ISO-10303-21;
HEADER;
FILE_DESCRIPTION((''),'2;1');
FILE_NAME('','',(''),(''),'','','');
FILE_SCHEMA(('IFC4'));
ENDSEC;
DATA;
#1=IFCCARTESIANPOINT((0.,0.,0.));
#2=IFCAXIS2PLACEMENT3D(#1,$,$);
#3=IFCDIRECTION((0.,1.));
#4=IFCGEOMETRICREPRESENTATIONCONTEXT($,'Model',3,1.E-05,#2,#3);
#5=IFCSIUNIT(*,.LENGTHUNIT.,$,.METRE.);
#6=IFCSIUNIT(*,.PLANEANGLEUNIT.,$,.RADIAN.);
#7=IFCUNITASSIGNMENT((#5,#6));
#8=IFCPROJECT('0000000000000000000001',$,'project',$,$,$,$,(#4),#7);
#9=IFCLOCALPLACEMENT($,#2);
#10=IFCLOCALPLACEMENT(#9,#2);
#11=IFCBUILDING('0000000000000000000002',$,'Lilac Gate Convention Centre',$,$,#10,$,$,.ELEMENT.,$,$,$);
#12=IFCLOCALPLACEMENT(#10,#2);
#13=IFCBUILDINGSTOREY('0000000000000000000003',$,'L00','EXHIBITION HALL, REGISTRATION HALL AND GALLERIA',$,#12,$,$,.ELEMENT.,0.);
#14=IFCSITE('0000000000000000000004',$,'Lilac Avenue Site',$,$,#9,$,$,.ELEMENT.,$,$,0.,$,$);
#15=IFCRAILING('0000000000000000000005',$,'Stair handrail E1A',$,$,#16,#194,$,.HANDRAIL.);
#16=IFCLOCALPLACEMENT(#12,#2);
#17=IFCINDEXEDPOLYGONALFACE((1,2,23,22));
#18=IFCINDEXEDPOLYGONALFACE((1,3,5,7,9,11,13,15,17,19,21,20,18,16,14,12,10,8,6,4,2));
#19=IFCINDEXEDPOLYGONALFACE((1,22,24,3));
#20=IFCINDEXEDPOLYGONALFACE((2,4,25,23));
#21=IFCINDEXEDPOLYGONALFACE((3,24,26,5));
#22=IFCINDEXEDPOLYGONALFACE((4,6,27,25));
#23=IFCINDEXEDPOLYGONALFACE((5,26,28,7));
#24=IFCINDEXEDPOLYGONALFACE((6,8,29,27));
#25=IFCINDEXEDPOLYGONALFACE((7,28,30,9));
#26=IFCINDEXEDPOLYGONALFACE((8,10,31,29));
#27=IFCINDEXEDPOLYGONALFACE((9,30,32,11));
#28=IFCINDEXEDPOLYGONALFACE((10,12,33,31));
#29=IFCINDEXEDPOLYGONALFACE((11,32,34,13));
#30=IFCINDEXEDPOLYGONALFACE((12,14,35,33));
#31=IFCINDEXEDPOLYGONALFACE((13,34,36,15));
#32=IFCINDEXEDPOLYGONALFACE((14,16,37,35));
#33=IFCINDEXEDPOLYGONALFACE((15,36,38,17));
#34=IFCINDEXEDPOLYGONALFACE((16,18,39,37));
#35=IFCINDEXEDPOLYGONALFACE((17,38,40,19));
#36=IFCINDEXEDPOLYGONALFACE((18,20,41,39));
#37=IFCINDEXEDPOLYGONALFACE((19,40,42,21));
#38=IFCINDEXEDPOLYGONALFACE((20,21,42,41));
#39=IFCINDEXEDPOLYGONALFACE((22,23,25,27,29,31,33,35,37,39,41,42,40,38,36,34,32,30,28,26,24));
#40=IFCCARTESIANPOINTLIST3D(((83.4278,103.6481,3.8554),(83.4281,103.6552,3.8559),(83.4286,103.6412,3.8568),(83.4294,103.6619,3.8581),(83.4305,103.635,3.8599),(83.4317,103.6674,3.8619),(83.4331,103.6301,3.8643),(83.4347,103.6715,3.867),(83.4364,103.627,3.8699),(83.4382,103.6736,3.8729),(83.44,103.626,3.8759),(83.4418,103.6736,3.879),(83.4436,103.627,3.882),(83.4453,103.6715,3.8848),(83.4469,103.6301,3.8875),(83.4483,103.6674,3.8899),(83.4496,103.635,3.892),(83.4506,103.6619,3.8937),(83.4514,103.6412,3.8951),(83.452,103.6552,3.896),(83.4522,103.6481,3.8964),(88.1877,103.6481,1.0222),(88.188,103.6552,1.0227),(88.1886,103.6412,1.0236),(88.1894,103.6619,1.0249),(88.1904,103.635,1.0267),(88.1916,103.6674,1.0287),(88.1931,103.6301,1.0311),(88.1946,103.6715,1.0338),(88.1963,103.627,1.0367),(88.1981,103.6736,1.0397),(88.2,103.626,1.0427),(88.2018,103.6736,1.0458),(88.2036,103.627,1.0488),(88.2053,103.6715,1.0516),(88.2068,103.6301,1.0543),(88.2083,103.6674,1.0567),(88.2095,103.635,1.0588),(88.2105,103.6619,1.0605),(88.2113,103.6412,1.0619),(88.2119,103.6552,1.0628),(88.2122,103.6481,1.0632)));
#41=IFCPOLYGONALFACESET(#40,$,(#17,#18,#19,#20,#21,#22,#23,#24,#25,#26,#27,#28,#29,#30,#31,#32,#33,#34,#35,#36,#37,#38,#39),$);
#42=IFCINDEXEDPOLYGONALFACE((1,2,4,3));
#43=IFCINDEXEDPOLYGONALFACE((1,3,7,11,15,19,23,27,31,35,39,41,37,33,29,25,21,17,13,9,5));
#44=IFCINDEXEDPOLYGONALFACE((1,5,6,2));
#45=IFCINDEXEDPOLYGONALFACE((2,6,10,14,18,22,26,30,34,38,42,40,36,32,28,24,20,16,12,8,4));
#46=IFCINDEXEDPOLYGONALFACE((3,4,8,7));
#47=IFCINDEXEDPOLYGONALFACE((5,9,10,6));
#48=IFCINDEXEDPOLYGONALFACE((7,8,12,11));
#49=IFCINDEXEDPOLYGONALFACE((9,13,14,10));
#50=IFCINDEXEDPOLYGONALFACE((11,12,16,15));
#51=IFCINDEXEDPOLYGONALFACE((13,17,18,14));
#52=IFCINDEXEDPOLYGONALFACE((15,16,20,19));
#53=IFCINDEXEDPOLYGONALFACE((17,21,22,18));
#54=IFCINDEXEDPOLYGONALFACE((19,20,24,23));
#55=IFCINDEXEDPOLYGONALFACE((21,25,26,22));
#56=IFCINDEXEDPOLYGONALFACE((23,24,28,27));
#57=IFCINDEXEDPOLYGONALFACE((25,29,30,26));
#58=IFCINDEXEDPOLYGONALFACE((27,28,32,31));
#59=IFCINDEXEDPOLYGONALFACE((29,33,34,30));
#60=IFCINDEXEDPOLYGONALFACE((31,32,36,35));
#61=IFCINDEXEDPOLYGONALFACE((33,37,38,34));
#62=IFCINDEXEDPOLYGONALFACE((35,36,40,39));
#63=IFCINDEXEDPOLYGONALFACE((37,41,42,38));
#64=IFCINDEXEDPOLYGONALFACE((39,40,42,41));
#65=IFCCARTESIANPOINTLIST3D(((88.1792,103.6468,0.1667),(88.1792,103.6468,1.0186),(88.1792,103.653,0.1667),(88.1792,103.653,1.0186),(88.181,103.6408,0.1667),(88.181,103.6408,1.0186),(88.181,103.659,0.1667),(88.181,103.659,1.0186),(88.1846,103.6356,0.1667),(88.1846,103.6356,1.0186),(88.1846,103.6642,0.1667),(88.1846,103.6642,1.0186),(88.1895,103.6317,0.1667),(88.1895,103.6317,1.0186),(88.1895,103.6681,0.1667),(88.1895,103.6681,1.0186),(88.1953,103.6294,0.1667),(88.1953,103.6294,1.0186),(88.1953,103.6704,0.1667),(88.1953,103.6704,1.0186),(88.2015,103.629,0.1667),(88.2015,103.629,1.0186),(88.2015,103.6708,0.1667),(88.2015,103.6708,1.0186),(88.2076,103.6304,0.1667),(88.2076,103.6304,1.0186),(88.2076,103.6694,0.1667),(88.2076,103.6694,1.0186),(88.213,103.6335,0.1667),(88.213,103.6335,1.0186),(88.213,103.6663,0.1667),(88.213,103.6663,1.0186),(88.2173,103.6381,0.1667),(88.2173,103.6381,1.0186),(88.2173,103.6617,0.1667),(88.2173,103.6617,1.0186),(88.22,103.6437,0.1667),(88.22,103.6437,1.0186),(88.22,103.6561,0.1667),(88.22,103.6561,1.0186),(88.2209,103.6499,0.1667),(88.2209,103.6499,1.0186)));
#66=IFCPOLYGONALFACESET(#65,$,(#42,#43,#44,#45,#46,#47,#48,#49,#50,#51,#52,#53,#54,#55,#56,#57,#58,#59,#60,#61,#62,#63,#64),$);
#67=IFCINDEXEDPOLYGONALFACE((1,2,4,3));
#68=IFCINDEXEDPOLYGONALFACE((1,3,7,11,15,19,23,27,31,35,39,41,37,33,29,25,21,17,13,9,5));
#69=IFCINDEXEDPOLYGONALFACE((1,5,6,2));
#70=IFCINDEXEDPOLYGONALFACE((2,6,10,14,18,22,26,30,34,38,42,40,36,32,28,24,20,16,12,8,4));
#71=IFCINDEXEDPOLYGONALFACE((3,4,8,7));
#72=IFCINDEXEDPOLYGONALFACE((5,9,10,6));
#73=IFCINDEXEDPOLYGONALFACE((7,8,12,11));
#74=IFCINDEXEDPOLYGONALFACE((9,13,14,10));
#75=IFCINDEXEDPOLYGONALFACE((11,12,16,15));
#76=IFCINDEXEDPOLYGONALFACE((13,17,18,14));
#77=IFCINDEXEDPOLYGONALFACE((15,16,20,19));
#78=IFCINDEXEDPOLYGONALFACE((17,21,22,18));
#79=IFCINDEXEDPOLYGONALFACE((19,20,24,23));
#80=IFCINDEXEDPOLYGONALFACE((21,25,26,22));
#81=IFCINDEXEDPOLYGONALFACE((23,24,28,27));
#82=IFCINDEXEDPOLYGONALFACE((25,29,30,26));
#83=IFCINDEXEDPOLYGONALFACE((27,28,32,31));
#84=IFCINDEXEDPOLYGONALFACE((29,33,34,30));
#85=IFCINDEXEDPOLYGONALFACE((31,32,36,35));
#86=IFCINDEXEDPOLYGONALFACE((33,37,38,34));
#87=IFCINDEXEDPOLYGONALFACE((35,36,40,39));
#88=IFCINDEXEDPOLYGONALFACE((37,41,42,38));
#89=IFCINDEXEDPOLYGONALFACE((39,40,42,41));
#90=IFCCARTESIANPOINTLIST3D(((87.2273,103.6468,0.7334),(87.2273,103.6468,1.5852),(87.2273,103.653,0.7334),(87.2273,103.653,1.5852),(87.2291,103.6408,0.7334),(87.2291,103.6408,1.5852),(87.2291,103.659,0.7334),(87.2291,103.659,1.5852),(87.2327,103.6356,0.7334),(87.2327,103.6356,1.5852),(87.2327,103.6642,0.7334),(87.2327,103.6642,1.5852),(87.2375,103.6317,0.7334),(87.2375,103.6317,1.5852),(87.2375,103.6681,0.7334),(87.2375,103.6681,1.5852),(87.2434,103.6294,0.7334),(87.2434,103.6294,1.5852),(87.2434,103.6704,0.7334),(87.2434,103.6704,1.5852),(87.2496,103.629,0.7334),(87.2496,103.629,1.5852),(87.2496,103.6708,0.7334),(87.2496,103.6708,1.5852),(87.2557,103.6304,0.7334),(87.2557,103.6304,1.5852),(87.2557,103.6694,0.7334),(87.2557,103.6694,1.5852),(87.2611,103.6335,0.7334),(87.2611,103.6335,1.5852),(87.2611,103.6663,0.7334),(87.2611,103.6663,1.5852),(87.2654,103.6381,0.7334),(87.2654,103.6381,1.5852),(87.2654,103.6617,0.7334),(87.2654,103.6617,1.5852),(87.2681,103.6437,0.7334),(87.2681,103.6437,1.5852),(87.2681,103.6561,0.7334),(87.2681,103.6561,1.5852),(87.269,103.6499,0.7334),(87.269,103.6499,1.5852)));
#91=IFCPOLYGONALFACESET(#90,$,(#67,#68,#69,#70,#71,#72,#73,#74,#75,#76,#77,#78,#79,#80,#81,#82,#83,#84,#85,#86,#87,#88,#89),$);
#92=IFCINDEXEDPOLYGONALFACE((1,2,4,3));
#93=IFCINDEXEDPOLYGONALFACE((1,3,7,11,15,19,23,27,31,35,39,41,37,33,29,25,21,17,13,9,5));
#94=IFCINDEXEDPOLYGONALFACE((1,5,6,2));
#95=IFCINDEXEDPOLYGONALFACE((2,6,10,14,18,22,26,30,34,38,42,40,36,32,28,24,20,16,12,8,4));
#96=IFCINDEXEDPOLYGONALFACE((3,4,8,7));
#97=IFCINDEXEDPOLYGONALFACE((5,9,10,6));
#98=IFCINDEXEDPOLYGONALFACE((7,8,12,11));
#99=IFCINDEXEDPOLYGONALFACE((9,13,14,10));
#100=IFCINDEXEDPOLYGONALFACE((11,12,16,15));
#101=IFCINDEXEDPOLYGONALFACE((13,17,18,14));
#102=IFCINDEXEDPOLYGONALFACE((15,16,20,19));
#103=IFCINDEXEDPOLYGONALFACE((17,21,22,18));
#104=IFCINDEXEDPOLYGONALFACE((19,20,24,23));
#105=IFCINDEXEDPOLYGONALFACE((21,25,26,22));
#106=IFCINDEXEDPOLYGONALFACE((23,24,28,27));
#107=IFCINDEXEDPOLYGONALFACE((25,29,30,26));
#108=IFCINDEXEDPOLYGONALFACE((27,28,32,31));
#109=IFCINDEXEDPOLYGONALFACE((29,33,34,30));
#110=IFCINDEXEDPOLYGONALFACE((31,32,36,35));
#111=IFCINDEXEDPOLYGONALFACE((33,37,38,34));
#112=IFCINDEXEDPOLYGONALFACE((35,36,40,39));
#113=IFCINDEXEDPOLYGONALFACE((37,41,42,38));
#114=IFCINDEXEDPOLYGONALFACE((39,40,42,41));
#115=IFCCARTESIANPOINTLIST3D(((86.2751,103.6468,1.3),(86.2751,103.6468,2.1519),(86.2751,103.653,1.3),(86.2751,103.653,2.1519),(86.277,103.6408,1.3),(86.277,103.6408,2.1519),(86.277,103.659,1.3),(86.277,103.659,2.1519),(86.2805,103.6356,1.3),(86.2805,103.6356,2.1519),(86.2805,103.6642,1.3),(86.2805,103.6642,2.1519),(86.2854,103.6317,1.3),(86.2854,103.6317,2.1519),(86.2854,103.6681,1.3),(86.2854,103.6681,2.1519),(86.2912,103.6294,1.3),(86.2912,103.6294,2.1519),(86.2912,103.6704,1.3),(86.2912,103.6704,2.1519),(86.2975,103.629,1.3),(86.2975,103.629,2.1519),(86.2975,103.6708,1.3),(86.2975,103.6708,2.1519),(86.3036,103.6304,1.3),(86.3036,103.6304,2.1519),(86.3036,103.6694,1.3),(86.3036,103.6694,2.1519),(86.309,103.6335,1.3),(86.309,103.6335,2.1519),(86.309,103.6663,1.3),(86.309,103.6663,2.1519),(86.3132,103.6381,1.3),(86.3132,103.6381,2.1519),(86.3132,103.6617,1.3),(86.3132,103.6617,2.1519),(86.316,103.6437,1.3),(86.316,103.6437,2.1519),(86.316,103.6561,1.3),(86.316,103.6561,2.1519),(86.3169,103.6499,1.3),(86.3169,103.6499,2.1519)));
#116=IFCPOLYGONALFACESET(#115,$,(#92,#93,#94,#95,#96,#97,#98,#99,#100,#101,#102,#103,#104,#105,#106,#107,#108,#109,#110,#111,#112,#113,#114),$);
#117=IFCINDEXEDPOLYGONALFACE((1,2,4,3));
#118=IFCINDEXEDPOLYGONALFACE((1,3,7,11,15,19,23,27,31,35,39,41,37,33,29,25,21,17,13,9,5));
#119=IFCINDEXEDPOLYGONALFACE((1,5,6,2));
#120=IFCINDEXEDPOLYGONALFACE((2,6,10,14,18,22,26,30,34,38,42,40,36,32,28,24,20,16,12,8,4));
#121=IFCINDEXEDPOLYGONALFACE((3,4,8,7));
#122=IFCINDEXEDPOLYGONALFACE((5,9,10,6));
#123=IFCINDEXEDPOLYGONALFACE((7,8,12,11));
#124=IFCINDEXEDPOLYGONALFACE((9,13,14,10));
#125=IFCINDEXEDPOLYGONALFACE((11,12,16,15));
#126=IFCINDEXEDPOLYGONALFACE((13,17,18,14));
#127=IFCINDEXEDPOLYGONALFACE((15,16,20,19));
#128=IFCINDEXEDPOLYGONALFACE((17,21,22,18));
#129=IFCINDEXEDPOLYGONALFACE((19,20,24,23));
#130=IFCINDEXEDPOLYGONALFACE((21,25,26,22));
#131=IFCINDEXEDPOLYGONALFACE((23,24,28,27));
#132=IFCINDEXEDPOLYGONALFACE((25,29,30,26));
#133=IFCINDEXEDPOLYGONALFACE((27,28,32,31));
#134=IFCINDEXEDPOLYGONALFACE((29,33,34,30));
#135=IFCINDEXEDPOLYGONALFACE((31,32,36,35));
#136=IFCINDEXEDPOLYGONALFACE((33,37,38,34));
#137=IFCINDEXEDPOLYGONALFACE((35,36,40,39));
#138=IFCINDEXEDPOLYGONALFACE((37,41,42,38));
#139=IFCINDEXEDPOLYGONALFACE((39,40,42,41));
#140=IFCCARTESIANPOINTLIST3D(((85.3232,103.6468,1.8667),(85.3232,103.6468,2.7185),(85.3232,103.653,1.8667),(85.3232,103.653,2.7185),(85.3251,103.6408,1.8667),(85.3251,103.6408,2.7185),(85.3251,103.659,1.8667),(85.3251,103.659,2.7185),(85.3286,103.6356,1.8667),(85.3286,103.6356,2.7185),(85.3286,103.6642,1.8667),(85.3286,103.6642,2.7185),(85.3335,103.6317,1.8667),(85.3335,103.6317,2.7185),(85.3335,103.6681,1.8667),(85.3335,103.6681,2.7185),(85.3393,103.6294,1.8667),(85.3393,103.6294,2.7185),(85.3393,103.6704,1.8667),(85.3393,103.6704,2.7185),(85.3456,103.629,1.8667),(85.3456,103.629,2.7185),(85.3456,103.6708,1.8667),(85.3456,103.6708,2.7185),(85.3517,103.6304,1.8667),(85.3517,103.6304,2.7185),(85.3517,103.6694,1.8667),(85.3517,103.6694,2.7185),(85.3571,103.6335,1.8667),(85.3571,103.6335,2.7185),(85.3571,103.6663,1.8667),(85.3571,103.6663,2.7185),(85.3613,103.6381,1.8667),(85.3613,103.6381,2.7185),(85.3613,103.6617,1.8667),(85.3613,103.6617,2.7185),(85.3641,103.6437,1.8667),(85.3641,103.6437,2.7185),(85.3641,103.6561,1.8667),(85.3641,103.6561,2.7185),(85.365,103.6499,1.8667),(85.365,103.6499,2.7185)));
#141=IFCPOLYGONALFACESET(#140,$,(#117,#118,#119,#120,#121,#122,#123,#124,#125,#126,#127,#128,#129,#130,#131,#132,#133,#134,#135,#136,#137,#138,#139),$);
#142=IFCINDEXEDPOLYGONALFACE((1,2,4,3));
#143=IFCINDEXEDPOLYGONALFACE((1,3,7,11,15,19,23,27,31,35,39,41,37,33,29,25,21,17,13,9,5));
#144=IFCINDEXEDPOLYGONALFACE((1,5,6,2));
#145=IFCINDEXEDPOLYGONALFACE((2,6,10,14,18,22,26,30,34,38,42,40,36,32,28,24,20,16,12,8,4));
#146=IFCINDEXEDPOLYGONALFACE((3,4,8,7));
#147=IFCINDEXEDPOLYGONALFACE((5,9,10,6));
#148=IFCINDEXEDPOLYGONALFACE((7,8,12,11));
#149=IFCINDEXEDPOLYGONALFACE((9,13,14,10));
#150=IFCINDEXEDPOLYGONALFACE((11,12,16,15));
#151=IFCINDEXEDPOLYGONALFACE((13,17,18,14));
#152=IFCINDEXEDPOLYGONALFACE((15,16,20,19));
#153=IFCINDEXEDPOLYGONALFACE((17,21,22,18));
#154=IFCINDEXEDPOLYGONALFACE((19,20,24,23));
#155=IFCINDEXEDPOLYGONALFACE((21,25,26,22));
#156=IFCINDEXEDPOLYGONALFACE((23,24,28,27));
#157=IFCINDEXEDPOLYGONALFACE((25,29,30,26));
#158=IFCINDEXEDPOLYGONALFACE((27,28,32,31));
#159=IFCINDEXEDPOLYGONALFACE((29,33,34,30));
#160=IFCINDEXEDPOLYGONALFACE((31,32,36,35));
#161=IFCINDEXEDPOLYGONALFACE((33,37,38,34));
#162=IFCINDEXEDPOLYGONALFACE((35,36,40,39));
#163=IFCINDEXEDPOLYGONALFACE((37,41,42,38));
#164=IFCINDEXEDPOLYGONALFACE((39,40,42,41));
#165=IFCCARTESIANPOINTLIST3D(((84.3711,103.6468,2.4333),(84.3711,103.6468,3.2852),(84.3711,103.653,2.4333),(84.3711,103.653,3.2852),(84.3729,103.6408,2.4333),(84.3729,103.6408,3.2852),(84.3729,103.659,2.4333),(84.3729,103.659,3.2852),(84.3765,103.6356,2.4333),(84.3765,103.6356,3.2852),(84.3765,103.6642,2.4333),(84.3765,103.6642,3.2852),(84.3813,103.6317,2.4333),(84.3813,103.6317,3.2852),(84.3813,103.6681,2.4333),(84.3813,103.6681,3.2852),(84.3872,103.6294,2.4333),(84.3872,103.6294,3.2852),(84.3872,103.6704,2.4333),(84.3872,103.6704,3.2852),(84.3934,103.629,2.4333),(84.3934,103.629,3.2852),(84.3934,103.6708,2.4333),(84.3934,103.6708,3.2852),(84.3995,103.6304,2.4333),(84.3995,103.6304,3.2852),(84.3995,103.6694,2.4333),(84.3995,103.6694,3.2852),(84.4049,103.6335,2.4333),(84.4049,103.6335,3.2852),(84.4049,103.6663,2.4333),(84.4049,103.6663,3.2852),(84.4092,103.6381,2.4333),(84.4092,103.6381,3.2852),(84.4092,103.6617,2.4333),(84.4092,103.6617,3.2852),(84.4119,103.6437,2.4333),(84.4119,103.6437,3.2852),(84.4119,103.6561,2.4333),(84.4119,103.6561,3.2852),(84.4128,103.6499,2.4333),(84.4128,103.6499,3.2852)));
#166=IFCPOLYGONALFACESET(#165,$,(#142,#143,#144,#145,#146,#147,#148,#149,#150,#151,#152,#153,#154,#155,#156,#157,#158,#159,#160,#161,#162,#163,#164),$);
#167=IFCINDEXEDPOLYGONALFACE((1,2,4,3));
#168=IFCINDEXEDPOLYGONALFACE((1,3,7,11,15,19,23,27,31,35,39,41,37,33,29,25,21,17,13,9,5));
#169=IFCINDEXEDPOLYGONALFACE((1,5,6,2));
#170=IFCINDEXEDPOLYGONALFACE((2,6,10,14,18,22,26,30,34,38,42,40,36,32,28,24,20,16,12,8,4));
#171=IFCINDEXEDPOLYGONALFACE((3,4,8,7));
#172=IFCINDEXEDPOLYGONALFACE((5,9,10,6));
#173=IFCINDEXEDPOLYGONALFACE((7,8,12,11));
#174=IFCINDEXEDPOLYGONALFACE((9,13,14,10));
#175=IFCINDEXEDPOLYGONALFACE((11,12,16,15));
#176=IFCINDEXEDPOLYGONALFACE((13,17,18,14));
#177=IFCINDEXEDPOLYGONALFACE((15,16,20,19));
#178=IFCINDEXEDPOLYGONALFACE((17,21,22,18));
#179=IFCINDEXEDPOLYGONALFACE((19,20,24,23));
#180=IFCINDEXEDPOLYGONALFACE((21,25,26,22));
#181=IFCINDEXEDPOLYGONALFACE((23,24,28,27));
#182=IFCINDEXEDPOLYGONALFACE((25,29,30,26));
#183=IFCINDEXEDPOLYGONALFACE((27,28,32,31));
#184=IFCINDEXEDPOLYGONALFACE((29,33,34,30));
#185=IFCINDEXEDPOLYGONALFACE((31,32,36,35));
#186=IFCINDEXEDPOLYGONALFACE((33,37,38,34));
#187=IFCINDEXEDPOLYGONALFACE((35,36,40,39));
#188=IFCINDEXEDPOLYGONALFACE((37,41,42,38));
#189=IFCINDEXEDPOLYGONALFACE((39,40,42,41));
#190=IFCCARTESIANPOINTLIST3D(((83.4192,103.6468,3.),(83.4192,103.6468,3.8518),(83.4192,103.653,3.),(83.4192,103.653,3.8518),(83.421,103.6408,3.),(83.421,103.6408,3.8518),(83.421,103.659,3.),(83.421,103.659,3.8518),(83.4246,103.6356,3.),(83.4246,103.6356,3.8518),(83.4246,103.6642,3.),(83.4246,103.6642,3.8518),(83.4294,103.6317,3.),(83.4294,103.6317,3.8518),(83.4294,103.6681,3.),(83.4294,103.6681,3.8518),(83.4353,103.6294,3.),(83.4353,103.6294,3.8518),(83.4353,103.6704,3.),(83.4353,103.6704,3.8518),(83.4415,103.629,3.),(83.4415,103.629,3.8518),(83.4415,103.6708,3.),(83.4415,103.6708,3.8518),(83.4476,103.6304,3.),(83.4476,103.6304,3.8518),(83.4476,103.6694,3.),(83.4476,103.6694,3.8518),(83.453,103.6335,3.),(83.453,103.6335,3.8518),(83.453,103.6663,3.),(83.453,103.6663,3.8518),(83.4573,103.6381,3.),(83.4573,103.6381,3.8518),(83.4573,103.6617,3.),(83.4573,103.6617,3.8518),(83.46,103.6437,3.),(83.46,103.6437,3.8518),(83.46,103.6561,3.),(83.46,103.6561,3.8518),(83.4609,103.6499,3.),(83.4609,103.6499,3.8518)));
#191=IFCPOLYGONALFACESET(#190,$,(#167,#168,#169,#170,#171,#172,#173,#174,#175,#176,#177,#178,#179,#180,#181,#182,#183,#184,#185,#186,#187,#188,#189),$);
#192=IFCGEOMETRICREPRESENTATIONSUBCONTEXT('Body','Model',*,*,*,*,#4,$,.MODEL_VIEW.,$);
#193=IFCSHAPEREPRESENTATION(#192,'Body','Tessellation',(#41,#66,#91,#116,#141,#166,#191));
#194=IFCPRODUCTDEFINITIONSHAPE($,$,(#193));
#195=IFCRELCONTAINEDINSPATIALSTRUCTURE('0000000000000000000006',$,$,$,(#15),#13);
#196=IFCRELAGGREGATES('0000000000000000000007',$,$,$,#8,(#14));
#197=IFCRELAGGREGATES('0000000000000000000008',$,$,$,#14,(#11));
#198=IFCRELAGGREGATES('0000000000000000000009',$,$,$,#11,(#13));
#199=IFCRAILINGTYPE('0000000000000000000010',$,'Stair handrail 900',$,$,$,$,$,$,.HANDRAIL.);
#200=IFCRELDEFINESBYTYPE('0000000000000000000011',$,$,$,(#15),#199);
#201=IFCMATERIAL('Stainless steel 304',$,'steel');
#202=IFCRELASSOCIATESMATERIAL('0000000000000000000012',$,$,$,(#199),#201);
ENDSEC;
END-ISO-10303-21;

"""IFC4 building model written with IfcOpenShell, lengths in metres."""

from ifc_helpers import new_model, si_unit, direction, frame, origin, origin_2d, place, context, subcontext, project, spatial, circle, extrude, material, type_object, element, save


model = new_model("IFC4")

# Units and contexts
model_context = context("Model", 3, precision=1e-05, world=origin(), true_north=direction((0.0, 1.0)))
body_context = subcontext(model_context, "Body", "Model", "MODEL_VIEW")
ifc_project = project(units=[si_unit("LENGTHUNIT", "METRE"), si_unit("PLANEANGLEUNIT", "RADIAN")], contexts=[model_context])

# Site, building, storey
site_placement = place(None, origin())
site = spatial("IfcSite", under=ifc_project, at=site_placement, Name="Lilac Avenue Site", CompositionType="ELEMENT", RefElevation=0.0)
building_placement = place(site_placement, origin())
building = spatial("IfcBuilding", under=site, at=building_placement, Name="Lilac Gate Convention Centre", CompositionType="ELEMENT")
storey_placement = place(building_placement, origin())
storey = spatial("IfcBuildingStorey", under=building, at=storey_placement, Name="L00", Description="EXHIBITION HALL, REGISTRATION HALL AND GALLERIA", CompositionType="ELEMENT", Elevation=0.0)

# Shared definitions
ifc_material_1 = material(Name="Stainless steel 304", Category="steel")

# Railing
railing_type = type_object("IfcRailingType", Name="Stair handrail 900", PredefinedType="HANDRAIL", material=ifc_material_1)
for number, where, name in (
    (1, (88.2, 103.6499, 0.1667), "Stair handrail E1A"),
):
    element("IfcRailing", number, at=place(storey_placement, frame(where)), inside=storey, type_object=railing_type, Name=name, PredefinedType="HANDRAIL", context=body_context, shape_type="SweptSolid", body=[
        extrude(circle(Radius=0.0239, at=origin_2d()), frame((0.0, 0.0, 0.876), z_axis=(-0.8593, 0.0, 0.511472), x_axis=(0.0, -1.0, 0.0)), (0.0, 0.0, 1.0), 5.5393),
        extrude(circle(Radius=0.021, at=origin_2d()), origin(), (0.0, 0.0, 1.0), 0.8518),
        extrude(circle(Radius=0.021, at=origin_2d()), frame((-0.9519, 0.0, 0.5667)), (0.0, 0.0, 1.0), 0.8518),
        extrude(circle(Radius=0.021, at=origin_2d()), frame((-1.9041, 0.0, 1.1333)), (0.0, 0.0, 1.0), 0.8518),
        extrude(circle(Radius=0.021, at=origin_2d()), frame((-2.856, 0.0, 1.7)), (0.0, 0.0, 1.0), 0.8518),
        extrude(circle(Radius=0.021, at=origin_2d()), frame((-3.8081, 0.0, 2.2666)), (0.0, 0.0, 1.0), 0.8518),
        extrude(circle(Radius=0.021, at=origin_2d()), frame((-4.76, 0.0, 2.8333)), (0.0, 0.0, 1.0), 0.8518),
    ])

save(model, "model.ifc")
